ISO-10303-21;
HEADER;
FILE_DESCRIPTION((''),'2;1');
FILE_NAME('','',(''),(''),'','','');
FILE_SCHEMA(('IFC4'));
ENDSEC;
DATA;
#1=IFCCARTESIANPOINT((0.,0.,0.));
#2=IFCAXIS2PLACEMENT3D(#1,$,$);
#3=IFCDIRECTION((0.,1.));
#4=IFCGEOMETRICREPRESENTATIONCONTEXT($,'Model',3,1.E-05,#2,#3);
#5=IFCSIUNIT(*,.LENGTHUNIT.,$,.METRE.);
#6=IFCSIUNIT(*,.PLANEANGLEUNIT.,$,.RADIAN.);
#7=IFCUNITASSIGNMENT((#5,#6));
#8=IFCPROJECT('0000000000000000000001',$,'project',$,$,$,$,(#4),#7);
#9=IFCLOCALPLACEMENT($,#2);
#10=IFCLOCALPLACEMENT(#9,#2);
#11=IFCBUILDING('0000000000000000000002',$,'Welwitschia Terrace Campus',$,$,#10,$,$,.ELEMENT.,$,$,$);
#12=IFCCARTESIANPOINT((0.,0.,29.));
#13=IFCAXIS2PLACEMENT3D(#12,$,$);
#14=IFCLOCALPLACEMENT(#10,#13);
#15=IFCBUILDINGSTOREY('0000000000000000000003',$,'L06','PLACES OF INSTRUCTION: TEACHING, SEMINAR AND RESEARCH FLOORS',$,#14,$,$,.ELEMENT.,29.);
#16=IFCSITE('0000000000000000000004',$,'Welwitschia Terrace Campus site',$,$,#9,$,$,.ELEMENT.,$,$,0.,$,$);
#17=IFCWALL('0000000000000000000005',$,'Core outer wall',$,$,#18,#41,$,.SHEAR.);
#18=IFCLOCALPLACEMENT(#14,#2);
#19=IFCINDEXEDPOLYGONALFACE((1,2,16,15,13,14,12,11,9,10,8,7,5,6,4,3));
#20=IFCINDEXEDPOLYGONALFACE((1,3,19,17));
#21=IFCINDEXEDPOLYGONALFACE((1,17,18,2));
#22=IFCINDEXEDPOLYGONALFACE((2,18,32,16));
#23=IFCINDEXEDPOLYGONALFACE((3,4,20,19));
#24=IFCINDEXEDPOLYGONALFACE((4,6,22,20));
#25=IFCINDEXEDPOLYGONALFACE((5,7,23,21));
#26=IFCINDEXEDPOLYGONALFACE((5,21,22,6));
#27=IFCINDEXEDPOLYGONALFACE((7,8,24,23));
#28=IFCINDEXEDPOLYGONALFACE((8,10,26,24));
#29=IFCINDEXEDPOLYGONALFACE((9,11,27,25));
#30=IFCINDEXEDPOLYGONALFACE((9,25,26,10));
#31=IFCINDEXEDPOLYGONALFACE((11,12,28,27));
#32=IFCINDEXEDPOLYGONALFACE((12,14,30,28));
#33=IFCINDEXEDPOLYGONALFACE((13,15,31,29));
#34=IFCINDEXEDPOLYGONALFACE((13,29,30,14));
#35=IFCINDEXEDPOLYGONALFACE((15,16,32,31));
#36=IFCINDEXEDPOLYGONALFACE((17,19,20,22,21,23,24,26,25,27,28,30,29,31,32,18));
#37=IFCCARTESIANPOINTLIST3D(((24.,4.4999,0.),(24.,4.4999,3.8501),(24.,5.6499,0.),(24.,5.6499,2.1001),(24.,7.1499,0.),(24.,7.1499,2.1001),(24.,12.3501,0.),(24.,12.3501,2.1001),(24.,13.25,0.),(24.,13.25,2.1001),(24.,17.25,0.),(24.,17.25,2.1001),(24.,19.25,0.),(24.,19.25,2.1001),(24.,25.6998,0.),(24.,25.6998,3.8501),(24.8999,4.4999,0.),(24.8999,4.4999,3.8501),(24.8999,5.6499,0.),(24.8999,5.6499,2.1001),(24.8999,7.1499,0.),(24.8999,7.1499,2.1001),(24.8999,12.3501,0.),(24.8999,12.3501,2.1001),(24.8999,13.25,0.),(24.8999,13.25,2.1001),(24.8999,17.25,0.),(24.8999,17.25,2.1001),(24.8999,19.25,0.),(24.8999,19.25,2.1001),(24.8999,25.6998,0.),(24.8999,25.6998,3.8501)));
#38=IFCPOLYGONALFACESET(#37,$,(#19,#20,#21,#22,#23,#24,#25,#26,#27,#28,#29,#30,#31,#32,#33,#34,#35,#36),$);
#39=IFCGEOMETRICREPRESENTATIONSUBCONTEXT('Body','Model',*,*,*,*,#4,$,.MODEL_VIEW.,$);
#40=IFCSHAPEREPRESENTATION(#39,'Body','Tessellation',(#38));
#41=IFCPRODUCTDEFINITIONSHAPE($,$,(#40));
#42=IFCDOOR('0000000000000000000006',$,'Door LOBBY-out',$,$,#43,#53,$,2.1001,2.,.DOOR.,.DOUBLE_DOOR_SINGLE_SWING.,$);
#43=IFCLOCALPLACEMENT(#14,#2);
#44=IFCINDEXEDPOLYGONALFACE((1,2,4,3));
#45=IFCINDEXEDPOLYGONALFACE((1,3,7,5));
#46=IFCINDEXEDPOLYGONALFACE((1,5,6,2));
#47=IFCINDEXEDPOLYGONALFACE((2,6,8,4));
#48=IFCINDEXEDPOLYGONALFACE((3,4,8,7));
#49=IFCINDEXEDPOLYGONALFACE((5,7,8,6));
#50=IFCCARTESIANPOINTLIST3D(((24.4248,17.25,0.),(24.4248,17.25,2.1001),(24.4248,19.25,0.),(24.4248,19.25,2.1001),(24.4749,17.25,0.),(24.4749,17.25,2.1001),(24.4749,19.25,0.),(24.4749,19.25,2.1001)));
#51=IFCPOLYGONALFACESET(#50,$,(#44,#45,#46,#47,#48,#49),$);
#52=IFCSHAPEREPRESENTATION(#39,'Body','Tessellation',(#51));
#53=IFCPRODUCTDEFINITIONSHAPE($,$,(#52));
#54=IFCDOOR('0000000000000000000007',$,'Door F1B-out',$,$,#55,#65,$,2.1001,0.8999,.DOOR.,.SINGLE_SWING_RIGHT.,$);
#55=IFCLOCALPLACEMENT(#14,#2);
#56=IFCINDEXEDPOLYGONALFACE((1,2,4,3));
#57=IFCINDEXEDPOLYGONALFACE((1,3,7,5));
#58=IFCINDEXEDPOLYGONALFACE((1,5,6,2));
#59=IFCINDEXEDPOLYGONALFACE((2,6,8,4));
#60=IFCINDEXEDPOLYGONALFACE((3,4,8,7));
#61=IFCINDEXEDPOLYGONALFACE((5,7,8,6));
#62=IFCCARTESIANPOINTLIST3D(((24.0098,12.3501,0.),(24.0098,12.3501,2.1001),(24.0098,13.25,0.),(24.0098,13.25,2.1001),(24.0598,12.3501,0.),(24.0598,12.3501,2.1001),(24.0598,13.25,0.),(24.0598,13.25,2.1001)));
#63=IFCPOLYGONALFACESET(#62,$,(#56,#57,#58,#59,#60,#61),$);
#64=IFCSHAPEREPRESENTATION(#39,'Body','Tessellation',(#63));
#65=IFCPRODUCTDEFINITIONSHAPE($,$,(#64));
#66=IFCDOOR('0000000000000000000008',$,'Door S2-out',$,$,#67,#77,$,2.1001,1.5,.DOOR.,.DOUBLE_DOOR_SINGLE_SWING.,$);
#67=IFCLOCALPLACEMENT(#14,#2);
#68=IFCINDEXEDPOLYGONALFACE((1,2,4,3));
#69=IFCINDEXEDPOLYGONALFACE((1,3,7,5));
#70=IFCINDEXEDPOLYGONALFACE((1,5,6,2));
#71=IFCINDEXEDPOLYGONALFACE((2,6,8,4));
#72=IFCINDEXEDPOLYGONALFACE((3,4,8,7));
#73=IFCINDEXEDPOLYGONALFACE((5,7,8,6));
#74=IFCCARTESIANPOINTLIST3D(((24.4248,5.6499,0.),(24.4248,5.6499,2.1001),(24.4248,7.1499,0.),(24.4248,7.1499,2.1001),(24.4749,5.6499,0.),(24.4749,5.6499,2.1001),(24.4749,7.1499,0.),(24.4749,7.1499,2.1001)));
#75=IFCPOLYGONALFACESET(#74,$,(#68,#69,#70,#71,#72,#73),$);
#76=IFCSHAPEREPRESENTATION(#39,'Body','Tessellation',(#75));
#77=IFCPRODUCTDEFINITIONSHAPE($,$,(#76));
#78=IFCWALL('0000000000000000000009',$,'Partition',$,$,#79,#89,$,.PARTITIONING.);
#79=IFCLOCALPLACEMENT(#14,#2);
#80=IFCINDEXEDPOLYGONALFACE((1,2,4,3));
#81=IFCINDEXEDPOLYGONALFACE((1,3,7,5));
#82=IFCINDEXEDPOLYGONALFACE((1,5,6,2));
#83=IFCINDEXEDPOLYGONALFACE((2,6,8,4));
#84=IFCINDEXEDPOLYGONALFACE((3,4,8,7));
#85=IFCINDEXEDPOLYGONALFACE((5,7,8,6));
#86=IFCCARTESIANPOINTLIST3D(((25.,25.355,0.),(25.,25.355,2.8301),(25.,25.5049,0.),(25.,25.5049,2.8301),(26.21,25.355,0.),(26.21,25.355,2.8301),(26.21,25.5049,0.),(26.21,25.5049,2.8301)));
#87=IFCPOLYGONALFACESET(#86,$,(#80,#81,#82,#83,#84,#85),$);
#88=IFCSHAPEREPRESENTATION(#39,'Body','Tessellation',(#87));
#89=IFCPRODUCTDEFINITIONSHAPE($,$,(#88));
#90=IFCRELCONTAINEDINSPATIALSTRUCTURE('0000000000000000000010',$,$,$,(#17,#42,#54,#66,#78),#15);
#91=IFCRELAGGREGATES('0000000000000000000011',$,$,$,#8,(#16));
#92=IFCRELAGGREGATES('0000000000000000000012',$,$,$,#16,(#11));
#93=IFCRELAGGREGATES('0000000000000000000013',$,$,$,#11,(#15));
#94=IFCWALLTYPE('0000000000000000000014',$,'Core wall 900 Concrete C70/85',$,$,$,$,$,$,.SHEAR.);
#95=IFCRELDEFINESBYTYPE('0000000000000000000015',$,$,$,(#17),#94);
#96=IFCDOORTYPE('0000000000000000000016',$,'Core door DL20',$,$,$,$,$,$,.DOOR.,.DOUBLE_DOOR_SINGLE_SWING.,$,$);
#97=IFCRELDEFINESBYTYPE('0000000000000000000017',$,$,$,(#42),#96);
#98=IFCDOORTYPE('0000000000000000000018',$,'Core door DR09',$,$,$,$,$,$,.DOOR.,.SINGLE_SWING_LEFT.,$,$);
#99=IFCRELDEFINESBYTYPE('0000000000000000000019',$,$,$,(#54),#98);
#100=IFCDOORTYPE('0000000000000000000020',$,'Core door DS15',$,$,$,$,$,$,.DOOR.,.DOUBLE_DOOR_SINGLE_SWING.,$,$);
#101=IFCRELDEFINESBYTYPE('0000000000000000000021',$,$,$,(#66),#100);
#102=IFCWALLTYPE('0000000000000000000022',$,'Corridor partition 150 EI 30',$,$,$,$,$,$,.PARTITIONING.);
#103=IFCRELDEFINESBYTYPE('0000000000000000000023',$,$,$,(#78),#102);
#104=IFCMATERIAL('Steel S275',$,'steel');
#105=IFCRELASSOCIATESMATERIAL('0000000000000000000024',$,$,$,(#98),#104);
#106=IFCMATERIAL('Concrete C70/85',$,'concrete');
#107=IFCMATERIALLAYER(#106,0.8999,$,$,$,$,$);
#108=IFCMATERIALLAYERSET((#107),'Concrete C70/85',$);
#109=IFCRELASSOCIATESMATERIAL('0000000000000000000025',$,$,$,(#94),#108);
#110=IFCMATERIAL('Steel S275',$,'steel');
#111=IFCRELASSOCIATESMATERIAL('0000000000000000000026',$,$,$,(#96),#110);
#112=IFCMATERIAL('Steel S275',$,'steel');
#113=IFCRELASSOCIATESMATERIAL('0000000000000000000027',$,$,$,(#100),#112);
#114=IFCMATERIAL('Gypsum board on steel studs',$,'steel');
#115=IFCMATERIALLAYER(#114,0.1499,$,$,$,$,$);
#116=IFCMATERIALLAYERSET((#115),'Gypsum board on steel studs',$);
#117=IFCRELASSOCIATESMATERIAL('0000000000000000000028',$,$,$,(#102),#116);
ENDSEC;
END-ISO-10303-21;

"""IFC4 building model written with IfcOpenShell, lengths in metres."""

from ifc_helpers import new_model, si_unit, direction, frame, frame_2d, origin, place, context, subcontext, project, spatial, rectangle, extrude, material, layer, layer_set, type_object, element, fill, save


model = new_model("IFC4")

# Units and contexts
model_context = context("Model", 3, precision=1e-05, world=origin(), true_north=direction((0.0, 1.0)))
body_context = subcontext(model_context, "Body", "Model", "MODEL_VIEW")
ifc_project = project(units=[si_unit("LENGTHUNIT", "METRE"), si_unit("PLANEANGLEUNIT", "RADIAN")], contexts=[model_context])

# Site, building, storey
site_placement = place(None, origin())
site = spatial("IfcSite", under=ifc_project, at=site_placement, Name="Welwitschia Terrace Campus site", CompositionType="ELEMENT", RefElevation=0.0)
building_placement = place(site_placement, origin())
building = spatial("IfcBuilding", under=site, at=building_placement, Name="Welwitschia Terrace Campus", CompositionType="ELEMENT")
storey_placement = place(building_placement, frame((0.0, 0.0, 29.0)))
storey = spatial("IfcBuildingStorey", under=building, at=storey_placement, Name="L06", Description="PLACES OF INSTRUCTION: TEACHING, SEMINAR AND RESEARCH FLOORS", CompositionType="ELEMENT", Elevation=29.0)

# Shared definitions
ifc_material_1 = material(Name="Steel S275", Category="steel")
door_type_1 = type_object("IfcDoorType", Name="Core door DR09", OperationType="SINGLE_SWING_LEFT", PredefinedType="DOOR", material=ifc_material_1)

# Wall, openings, doors
ifc_material_2 = material(Name="Concrete C70/85", Category="concrete")
ifc_layer_1 = layer(ifc_material_2, 0.8999)
ifc_layer_set_1 = layer_set([ifc_layer_1], Name="Concrete C70/85")
wall_type_1 = type_object("IfcWallType", Name="Core wall 900 Concrete C70/85", PredefinedType="SHEAR", material=ifc_layer_set_1)
wall_1_placement = place(storey_placement, frame((24.45, 25.7, 0.0), z_axis=(0.0, 0.0, 1.0), x_axis=(0.0, -1.0, 0.0)))
wall_1 = element("IfcWall", 1, at=wall_1_placement, inside=storey, type_object=wall_type_1, Name="Core outer wall", PredefinedType="SHEAR", context=body_context, shape_type="SweptSolid", body=[
    extrude(rectangle(XDim=21.2, YDim=0.8999, at=frame_2d((10.6001, 0.0))), origin(), (0.0, 0.0, 1.0), 3.8501),
])
opening_1_placement = place(wall_1_placement, frame((18.55, 0.0, 0.0)))
opening_1 = element("IfcOpeningElement", 2, at=opening_1_placement, cuts=wall_1, PredefinedType="OPENING", context=body_context, shape_type="SweptSolid", body=[
    extrude(rectangle(XDim=1.5, YDim=2.1001, at=frame_2d((0.75, 1.05))), frame((0.0, 0.46, 0.0), z_axis=(0.0, -1.0, 0.0), x_axis=(1.0, 0.0, 0.0)), (0.0, 0.0, 1.0), 0.9199),
])
opening_2_placement = place(wall_1_placement, frame((12.45, 0.0, 0.0)))
opening_2 = element("IfcOpeningElement", 3, at=opening_2_placement, cuts=wall_1, PredefinedType="OPENING", context=body_context, shape_type="SweptSolid", body=[
    extrude(rectangle(XDim=0.8999, YDim=2.1001, at=frame_2d((0.45, 1.05))), frame((0.0, 0.46, 0.0), z_axis=(0.0, -1.0, 0.0), x_axis=(1.0, 0.0, 0.0)), (0.0, 0.0, 1.0), 0.9199),
])
opening_3_placement = place(wall_1_placement, frame((6.45, 0.0, 0.0)))
opening_3 = element("IfcOpeningElement", 4, at=opening_3_placement, cuts=wall_1, PredefinedType="OPENING", context=body_context, shape_type="SweptSolid", body=[
    extrude(rectangle(XDim=2.0, YDim=2.1001, at=frame_2d((1.0, 1.05))), frame((0.0, 0.46, 0.0), z_axis=(0.0, -1.0, 0.0), x_axis=(1.0, 0.0, 0.0)), (0.0, 0.0, 1.0), 0.9199),
])
ifc_material_3 = material(Name="Steel S275", Category="steel")
door_type_2 = type_object("IfcDoorType", Name="Core door DL20", OperationType="DOUBLE_DOOR_SINGLE_SWING", PredefinedType="DOOR", material=ifc_material_3)
door_1_placement = place(opening_3_placement, origin())
door_1 = element("IfcDoor", 5, at=door_1_placement, inside=storey, type_object=door_type_2, Name="Door LOBBY-out", OperationType="DOUBLE_DOOR_SINGLE_SWING", OverallHeight=2.1001, OverallWidth=2.0, PredefinedType="DOOR", context=body_context, shape_type="SweptSolid", body=[
    extrude(rectangle(XDim=2.0, YDim=2.1001, at=frame_2d((1.0, 1.05))), frame((0.0, 0.0249, 0.0), z_axis=(0.0, -1.0, 0.0), x_axis=(1.0, 0.0, 0.0)), (0.0, 0.0, 1.0), 0.05),
])
fill(opening_3, door_1)
door_2_placement = place(opening_2_placement, origin())
door_2 = element("IfcDoor", 6, at=door_2_placement, inside=storey, type_object=door_type_1, Name="Door F1B-out", OperationType="SINGLE_SWING_RIGHT", OverallHeight=2.1001, OverallWidth=0.8999, PredefinedType="DOOR", context=body_context, shape_type="SweptSolid", body=[
    extrude(rectangle(XDim=0.8999, YDim=2.1001, at=frame_2d((0.45, 1.05))), frame((0.0, -0.3901, 0.0), z_axis=(0.0, -1.0, 0.0), x_axis=(1.0, 0.0, 0.0)), (0.0, 0.0, 1.0), 0.05),
])
fill(opening_2, door_2)
ifc_material_4 = material(Name="Steel S275", Category="steel")
door_type_3 = type_object("IfcDoorType", Name="Core door DS15", OperationType="DOUBLE_DOOR_SINGLE_SWING", PredefinedType="DOOR", material=ifc_material_4)
door_3_placement = place(opening_1_placement, origin())
door_3 = element("IfcDoor", 7, at=door_3_placement, inside=storey, type_object=door_type_3, Name="Door S2-out", OperationType="DOUBLE_DOOR_SINGLE_SWING", OverallHeight=2.1001, OverallWidth=1.5, PredefinedType="DOOR", context=body_context, shape_type="SweptSolid", body=[
    extrude(rectangle(XDim=1.5, YDim=2.1001, at=frame_2d((0.75, 1.05))), frame((0.0, 0.0249, 0.0), z_axis=(0.0, -1.0, 0.0), x_axis=(1.0, 0.0, 0.0)), (0.0, 0.0, 1.0), 0.05),
])
fill(opening_1, door_3)

# Wall
ifc_material_5 = material(Name="Gypsum board on steel studs", Category="steel")
ifc_layer_2 = layer(ifc_material_5, 0.1499)
ifc_layer_set_2 = layer_set([ifc_layer_2], Name="Gypsum board on steel studs")
wall_type_2 = type_object("IfcWallType", Name="Corridor partition 150 EI 30", PredefinedType="PARTITIONING", material=ifc_layer_set_2)
wall_2_placement = place(storey_placement, frame((25.0, 25.4299, 0.0), z_axis=(0.0, 0.0, 1.0), x_axis=(1.0, 0.0, 0.0)))
element("IfcWall", 8, at=wall_2_placement, inside=storey, type_object=wall_type_2, Name="Partition", PredefinedType="PARTITIONING", context=body_context, shape_type="SweptSolid", body=[
    extrude(rectangle(XDim=1.21, YDim=0.1499, at=frame_2d((0.605, 0.0))), origin(), (0.0, 0.0, 1.0), 2.8301),
])

save(model, "model.ifc")
